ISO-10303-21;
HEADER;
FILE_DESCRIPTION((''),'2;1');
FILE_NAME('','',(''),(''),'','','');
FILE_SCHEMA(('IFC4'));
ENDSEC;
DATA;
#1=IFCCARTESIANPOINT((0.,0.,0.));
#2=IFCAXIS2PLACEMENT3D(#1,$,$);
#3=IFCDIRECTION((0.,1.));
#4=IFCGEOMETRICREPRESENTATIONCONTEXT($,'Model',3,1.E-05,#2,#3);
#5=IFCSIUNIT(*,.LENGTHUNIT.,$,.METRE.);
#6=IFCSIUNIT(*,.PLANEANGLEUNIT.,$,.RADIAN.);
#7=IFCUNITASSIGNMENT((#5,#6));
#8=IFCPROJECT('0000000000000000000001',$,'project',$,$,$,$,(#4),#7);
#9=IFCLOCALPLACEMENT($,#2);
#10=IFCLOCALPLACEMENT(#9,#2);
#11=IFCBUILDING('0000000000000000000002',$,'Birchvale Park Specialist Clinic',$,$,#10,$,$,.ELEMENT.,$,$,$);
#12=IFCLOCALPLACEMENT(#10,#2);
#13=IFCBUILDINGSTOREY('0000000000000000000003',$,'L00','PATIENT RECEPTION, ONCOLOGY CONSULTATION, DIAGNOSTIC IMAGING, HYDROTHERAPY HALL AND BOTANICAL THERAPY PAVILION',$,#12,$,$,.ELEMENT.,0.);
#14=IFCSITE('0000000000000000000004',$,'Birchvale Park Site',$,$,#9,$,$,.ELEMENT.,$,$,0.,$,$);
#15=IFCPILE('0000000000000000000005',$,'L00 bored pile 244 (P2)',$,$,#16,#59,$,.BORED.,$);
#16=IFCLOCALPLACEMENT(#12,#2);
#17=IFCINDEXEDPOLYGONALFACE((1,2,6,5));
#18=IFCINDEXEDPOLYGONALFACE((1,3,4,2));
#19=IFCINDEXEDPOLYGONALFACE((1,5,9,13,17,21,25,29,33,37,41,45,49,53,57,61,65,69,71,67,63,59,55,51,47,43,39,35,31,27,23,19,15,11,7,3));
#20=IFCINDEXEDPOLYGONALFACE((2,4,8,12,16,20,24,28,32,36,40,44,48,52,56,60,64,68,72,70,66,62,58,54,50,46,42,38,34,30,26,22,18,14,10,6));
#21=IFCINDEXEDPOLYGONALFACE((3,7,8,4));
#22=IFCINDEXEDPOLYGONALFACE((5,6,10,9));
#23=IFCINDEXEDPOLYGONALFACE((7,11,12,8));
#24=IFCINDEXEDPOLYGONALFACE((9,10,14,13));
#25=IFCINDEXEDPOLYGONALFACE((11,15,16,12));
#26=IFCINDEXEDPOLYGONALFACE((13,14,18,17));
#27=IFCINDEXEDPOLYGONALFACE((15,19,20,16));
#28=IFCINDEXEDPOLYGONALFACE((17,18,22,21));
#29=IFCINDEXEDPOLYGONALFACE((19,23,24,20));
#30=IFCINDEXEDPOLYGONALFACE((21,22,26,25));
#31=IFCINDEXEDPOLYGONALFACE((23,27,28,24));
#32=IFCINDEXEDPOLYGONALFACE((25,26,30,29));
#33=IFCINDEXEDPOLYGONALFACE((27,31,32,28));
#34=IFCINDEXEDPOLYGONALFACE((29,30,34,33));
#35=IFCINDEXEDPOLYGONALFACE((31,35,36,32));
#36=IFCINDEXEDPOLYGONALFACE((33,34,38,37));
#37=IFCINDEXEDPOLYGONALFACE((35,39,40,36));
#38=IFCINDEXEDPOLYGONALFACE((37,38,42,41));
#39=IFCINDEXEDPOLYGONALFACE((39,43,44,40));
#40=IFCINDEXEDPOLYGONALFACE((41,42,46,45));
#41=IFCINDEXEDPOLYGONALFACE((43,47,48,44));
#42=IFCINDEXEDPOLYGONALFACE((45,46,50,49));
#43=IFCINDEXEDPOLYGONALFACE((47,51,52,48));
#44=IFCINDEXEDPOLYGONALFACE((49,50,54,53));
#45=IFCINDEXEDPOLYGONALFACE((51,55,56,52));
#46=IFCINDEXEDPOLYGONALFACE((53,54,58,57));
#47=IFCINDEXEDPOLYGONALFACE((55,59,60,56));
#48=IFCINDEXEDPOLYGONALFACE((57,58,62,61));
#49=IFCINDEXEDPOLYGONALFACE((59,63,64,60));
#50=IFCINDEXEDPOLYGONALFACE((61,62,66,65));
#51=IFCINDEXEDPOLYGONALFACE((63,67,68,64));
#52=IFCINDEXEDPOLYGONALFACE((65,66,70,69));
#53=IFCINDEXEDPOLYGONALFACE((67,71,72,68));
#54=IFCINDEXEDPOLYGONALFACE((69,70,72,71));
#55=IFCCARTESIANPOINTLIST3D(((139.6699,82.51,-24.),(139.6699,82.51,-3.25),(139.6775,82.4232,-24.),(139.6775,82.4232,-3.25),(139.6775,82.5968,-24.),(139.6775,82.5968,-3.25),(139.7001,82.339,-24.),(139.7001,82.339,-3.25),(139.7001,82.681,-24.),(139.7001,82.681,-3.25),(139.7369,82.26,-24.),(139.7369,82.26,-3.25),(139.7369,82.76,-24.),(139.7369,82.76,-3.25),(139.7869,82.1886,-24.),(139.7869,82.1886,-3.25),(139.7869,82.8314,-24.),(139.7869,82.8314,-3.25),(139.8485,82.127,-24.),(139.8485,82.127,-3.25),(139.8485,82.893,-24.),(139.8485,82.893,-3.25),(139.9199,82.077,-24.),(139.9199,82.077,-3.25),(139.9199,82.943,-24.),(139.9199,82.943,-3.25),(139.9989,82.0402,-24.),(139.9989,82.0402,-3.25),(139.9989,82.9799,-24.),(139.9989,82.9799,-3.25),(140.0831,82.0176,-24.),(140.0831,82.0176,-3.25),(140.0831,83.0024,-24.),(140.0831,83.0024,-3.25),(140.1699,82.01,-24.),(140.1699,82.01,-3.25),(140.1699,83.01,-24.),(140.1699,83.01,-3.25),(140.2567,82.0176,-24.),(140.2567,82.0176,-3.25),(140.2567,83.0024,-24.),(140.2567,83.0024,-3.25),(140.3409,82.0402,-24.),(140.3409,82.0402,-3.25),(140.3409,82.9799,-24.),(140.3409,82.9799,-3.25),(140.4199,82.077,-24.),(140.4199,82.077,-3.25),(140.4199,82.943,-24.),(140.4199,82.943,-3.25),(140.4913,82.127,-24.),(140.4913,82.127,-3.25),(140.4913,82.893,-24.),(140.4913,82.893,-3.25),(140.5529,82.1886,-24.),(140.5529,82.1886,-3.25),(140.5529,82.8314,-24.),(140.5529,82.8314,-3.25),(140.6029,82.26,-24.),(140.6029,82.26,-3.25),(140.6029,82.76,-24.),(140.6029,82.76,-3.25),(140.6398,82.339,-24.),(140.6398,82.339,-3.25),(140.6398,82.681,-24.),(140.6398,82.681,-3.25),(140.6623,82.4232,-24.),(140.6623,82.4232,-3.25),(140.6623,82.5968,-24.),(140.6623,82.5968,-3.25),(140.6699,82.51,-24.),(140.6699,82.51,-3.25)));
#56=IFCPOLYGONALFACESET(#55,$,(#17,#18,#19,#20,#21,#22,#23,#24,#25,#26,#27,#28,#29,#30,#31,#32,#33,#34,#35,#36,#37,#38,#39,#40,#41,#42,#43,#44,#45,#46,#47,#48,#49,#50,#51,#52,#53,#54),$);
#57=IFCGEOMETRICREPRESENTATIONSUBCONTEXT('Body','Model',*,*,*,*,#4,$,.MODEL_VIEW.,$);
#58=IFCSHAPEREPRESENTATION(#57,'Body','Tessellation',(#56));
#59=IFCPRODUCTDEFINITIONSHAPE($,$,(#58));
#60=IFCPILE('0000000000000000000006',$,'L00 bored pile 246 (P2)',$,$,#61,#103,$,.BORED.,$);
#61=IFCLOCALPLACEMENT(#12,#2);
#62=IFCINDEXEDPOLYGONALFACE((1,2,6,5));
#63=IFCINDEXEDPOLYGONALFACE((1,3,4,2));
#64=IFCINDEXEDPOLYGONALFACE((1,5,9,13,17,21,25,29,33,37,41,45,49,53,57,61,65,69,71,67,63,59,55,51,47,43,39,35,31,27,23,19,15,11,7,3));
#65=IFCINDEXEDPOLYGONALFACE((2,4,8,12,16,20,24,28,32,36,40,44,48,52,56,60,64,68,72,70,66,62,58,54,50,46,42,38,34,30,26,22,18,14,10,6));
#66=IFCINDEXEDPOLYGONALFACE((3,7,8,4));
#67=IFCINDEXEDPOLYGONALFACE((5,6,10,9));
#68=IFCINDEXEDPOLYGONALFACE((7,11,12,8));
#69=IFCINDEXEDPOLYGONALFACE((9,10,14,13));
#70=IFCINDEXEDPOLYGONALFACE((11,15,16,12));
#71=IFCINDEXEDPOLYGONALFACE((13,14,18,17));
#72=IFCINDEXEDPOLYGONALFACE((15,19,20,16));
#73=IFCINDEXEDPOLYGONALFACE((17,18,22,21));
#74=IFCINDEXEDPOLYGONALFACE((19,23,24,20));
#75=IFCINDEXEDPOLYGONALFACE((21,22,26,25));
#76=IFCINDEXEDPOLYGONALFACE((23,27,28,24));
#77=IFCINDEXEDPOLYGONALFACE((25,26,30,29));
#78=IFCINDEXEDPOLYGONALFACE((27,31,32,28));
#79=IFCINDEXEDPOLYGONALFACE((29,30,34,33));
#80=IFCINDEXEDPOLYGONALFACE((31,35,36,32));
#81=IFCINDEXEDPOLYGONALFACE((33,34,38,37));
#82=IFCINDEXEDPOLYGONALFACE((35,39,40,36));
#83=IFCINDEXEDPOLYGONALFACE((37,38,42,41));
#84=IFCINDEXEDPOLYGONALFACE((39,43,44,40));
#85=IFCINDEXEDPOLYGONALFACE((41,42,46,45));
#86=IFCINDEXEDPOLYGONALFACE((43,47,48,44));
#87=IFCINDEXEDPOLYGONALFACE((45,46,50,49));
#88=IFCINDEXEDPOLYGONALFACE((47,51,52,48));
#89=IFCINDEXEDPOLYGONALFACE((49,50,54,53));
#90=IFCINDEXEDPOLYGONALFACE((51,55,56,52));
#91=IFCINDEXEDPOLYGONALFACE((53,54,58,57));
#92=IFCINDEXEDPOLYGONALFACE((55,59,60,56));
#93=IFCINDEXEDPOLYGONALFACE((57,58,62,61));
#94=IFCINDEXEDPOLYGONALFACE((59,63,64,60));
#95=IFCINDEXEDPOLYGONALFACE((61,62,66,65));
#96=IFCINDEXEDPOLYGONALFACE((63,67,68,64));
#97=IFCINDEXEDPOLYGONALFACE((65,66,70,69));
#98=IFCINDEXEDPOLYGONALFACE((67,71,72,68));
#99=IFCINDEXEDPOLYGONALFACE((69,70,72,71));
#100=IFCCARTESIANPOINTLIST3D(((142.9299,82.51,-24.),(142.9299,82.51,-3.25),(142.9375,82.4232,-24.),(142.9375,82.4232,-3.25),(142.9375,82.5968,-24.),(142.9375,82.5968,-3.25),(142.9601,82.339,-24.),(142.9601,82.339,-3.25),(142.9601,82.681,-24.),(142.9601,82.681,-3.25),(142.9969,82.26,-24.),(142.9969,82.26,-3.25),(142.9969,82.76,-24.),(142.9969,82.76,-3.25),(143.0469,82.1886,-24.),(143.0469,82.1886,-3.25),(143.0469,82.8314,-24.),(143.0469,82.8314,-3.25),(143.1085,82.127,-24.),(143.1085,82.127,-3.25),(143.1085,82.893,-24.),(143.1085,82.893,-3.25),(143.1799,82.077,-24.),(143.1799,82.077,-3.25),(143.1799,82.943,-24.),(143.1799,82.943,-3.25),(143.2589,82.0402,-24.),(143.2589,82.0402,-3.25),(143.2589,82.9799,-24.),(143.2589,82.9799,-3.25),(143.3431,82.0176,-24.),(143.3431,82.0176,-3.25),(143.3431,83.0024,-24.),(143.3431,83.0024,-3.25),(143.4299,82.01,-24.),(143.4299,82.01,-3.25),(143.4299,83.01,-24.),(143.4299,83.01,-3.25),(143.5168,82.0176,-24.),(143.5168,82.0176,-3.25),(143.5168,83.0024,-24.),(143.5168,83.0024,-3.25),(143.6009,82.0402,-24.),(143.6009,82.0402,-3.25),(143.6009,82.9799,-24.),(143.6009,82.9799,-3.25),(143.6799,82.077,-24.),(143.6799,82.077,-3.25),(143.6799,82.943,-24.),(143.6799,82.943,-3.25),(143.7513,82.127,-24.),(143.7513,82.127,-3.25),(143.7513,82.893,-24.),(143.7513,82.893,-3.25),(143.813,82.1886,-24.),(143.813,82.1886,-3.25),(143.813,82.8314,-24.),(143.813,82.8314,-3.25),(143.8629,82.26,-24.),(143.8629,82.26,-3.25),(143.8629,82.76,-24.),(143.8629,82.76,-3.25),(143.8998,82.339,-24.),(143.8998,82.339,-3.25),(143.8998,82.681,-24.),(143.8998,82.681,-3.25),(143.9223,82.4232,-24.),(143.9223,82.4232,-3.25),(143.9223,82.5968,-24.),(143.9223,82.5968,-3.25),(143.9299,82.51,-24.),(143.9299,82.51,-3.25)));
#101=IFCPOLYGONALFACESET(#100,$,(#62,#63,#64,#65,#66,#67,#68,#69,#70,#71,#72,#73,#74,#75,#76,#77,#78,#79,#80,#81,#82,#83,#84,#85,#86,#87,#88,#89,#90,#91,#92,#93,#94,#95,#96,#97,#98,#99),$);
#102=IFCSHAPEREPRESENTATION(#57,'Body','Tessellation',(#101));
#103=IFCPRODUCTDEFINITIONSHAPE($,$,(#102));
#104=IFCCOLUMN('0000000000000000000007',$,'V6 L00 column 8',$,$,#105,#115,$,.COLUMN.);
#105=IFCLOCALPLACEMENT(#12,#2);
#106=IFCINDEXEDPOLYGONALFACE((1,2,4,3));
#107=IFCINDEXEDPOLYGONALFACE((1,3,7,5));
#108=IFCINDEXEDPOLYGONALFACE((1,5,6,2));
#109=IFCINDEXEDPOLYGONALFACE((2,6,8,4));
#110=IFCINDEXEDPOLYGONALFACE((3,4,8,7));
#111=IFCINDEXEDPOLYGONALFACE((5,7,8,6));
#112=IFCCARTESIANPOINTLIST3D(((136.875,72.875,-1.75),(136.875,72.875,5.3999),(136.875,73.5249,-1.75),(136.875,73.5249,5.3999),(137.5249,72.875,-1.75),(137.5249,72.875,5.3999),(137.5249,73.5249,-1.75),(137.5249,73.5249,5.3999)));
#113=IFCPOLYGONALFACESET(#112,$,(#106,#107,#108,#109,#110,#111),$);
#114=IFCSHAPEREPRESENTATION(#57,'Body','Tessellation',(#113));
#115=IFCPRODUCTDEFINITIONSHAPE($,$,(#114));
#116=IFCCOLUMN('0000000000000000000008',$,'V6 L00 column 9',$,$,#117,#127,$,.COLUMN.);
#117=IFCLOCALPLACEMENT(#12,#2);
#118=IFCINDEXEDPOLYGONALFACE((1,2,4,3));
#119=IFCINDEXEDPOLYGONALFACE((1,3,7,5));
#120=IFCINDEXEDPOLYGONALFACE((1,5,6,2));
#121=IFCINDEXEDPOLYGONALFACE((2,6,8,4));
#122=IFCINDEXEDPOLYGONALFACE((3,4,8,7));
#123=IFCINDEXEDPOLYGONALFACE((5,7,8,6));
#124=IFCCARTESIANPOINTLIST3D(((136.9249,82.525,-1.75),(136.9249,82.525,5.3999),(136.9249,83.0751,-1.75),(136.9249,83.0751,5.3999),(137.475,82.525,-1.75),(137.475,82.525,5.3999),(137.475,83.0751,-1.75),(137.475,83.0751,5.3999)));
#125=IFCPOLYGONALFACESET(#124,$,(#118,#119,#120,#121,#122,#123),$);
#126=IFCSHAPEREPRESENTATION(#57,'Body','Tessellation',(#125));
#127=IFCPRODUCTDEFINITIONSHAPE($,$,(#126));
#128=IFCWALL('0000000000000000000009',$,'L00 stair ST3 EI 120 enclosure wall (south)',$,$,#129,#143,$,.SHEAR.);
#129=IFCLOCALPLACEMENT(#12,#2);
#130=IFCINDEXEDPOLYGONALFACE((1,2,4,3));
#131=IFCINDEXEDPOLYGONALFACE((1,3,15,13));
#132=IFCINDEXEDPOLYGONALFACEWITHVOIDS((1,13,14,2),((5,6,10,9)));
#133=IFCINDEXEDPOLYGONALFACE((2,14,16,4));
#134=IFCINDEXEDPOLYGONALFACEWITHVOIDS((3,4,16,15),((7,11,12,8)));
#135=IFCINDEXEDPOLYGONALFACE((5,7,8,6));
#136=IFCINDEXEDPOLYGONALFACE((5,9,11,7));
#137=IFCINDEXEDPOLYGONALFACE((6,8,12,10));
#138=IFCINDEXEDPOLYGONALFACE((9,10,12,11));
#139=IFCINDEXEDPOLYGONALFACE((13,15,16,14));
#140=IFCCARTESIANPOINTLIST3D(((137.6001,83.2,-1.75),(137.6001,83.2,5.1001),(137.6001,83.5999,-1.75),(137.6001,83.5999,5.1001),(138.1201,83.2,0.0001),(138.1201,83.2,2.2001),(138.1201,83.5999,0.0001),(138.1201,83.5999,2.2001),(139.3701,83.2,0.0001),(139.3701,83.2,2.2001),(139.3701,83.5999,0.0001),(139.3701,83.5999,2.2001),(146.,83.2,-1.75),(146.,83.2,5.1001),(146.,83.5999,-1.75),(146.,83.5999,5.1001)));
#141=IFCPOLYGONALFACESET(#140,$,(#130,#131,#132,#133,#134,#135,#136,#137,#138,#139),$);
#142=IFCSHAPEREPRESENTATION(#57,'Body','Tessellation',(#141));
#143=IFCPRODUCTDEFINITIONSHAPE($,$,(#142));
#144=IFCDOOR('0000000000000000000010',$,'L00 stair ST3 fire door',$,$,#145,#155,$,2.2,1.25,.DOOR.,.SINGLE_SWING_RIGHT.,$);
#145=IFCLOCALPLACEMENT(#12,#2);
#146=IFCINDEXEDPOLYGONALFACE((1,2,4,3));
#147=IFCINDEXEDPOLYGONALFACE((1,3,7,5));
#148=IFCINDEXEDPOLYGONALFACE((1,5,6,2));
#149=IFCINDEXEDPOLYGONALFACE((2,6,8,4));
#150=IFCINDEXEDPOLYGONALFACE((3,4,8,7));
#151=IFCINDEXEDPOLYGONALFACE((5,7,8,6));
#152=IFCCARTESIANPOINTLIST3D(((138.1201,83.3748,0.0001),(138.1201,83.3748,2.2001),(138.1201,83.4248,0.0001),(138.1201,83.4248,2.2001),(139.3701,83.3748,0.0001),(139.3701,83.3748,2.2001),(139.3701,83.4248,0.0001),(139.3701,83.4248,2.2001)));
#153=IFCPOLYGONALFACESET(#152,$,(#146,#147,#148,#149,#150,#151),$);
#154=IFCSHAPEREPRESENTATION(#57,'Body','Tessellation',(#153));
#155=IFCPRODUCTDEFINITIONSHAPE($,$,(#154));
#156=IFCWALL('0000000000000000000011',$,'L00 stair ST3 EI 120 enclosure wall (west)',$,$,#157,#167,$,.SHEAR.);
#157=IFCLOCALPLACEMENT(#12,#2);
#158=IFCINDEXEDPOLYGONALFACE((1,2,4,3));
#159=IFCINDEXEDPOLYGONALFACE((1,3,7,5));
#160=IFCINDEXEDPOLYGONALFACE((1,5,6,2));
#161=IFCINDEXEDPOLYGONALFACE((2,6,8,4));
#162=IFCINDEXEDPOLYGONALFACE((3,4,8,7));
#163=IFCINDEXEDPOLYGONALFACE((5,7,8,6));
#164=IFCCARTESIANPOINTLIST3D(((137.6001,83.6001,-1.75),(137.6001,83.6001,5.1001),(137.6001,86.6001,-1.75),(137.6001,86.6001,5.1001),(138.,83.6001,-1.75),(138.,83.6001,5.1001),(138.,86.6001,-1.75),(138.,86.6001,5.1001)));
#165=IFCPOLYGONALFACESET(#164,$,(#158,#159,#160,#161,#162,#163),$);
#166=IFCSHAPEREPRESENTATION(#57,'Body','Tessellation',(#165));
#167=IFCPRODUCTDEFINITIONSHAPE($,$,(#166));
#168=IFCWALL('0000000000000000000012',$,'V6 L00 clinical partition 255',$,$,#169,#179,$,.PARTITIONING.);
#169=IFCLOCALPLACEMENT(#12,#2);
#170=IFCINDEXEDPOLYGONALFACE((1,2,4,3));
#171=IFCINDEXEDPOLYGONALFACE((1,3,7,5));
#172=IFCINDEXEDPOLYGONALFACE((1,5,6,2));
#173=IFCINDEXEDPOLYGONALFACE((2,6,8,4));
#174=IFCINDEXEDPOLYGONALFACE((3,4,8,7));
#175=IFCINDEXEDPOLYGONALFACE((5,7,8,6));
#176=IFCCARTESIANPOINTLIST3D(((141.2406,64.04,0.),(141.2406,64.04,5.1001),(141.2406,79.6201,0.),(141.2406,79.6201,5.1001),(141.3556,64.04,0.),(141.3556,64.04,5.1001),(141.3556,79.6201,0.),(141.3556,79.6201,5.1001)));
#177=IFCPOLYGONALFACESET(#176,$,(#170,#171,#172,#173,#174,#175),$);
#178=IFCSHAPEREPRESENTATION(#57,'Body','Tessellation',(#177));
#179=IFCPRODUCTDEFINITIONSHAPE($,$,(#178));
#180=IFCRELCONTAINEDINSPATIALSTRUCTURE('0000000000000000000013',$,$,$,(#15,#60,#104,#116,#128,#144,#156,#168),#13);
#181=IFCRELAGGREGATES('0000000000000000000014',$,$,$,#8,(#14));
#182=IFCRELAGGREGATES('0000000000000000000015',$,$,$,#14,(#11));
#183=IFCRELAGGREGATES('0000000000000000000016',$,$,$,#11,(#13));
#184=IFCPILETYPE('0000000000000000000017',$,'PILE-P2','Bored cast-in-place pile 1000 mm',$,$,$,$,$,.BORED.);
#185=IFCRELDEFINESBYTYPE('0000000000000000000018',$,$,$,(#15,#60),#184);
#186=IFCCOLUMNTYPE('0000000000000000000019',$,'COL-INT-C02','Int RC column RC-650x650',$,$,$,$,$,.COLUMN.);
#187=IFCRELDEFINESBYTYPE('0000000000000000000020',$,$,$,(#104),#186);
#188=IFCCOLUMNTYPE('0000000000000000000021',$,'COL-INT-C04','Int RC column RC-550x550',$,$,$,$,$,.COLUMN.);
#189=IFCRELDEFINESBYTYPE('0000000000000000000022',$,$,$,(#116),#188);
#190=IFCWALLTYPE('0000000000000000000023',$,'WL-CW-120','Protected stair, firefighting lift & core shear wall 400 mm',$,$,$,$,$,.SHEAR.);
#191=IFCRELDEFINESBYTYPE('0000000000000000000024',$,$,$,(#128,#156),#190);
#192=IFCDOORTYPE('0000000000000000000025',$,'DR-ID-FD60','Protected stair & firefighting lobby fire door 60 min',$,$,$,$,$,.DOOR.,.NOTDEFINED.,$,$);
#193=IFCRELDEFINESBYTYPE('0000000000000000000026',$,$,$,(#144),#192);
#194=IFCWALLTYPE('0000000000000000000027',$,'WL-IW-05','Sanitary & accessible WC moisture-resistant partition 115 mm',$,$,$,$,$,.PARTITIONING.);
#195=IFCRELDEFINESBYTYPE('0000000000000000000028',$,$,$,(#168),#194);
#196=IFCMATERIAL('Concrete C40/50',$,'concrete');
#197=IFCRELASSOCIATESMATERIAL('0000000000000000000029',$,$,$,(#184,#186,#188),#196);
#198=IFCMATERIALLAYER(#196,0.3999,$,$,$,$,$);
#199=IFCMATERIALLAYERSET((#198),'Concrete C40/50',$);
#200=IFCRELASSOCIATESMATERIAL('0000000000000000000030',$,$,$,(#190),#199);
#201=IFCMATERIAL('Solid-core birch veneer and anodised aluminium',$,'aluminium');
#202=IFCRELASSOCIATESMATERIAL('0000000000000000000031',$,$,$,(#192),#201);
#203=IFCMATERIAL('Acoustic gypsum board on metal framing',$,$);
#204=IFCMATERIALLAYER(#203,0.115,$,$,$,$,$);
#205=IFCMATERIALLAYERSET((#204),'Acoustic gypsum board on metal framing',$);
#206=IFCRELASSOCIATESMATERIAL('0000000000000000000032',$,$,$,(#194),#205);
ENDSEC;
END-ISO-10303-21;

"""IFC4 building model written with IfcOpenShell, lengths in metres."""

from ifc_helpers import new_model, si_unit, direction, frame, frame_2d, origin, origin_2d, place, context, subcontext, project, spatial, rectangle, circle, extrude, material, layer, layer_set, material_profile, profile_set, type_object, element, fill, save


model = new_model("IFC4")

# Units and contexts
model_context = context("Model", 3, precision=1e-05, world=origin(), true_north=direction((0.0, 1.0)))
body_context = subcontext(model_context, "Body", "Model", "MODEL_VIEW")
ifc_project = project(units=[si_unit("LENGTHUNIT", "METRE"), si_unit("PLANEANGLEUNIT", "RADIAN")], contexts=[model_context])

# Site, building, storey
site_placement = place(None, origin())
site = spatial("IfcSite", under=ifc_project, at=site_placement, Name="Birchvale Park Site", CompositionType="ELEMENT", RefElevation=0.0)
building_placement = place(site_placement, origin())
building = spatial("IfcBuilding", under=site, at=building_placement, Name="Birchvale Park Specialist Clinic", CompositionType="ELEMENT")
storey_placement = place(building_placement, origin())
storey = spatial("IfcBuildingStorey", under=building, at=storey_placement, Name="L00", Description="PATIENT RECEPTION, ONCOLOGY CONSULTATION, DIAGNOSTIC IMAGING, HYDROTHERAPY HALL AND BOTANICAL THERAPY PAVILION", CompositionType="ELEMENT", Elevation=0.0)

# Shared definitions
ifc_material_1 = material(Name="Concrete C40/50", Category="concrete")

# Piles
ifc_material_profile_1 = material_profile(ifc_material_1, circle(Radius=0.5, at=origin_2d()), Name="PILE-1000")
ifc_profile_set_1 = profile_set([ifc_material_profile_1], Name="Concrete C40/50")
pile_type = type_object("IfcPileType", Name="PILE-P2", Description="Bored cast-in-place pile 1000 mm", PredefinedType="BORED", material=ifc_profile_set_1)
for number, where, z_axis, x_axis, name in (
    (1, (140.1699, 82.51, -3.25), (0.0, 0.0, -1.0), (1.0, 0.0, 0.0), "L00 bored pile 244 (P2)"),
    (2, (143.4299, 82.51, -3.25), (0.0, 0.0, -1.0), (1.0, 0.0, 0.0), "L00 bored pile 246 (P2)"),
):
    element("IfcPile", number, at=place(storey_placement, frame(where, z_axis=z_axis, x_axis=x_axis)), inside=storey, type_object=pile_type, Name=name, PredefinedType="BORED", context=body_context, shape_type="SweptSolid", body=[
        extrude(circle(Radius=0.5, at=origin_2d()), origin(), (0.0, 0.0, 1.0), 20.75),
    ])

# Columns
ifc_material_profile_2 = material_profile(ifc_material_1, rectangle(XDim=0.6499, YDim=0.6499, at=origin_2d()), Name="RC-650x650")
ifc_profile_set_2 = profile_set([ifc_material_profile_2], Name="Concrete C40/50")
column_type_1 = type_object("IfcColumnType", Name="COL-INT-C02", Description="Int RC column RC-650x650", PredefinedType="COLUMN", material=ifc_profile_set_2)
column_1_placement = place(storey_placement, frame((137.2, 73.2, -1.75), z_axis=(0.0, 0.0, 1.0), x_axis=(1.0, 0.0, 0.0)))
element("IfcColumn", 3, at=column_1_placement, inside=storey, type_object=column_type_1, Name="V6 L00 column 8", PredefinedType="COLUMN", context=body_context, shape_type="SweptSolid", body=[
    extrude(rectangle(XDim=0.6499, YDim=0.6499, at=origin_2d()), origin(), (0.0, 0.0, 1.0), 7.1499),
])
ifc_material_profile_3 = material_profile(ifc_material_1, rectangle(XDim=0.55, YDim=0.55, at=origin_2d()), Name="RC-550x550")
ifc_profile_set_3 = profile_set([ifc_material_profile_3], Name="Concrete C40/50")
column_type_2 = type_object("IfcColumnType", Name="COL-INT-C04", Description="Int RC column RC-550x550", PredefinedType="COLUMN", material=ifc_profile_set_3)
column_2_placement = place(storey_placement, frame((137.2, 82.8, -1.75), z_axis=(0.0, 0.0, 1.0), x_axis=(1.0, 0.0, 0.0)))
element("IfcColumn", 4, at=column_2_placement, inside=storey, type_object=column_type_2, Name="V6 L00 column 9", PredefinedType="COLUMN", context=body_context, shape_type="SweptSolid", body=[
    extrude(rectangle(XDim=0.55, YDim=0.55, at=origin_2d()), origin(), (0.0, 0.0, 1.0), 7.1499),
])

# Wall, opening, door
ifc_layer_1 = layer(ifc_material_1, 0.3999)
ifc_layer_set_1 = layer_set([ifc_layer_1], Name="Concrete C40/50")
wall_type_1 = type_object("IfcWallType", Name="WL-CW-120", Description="Protected stair, firefighting lift & core shear wall 400 mm", PredefinedType="SHEAR", material=ifc_layer_set_1)
wall_1_placement = place(storey_placement, frame((137.6001, 83.3999, -1.75), z_axis=(0.0, 0.0, 1.0), x_axis=(1.0, 0.0, 0.0)))
wall_1 = element("IfcWall", 5, at=wall_1_placement, inside=storey, type_object=wall_type_1, Name="L00 stair ST3 EI 120 enclosure wall (south)", PredefinedType="SHEAR", context=body_context, shape_type="SweptSolid", body=[
    extrude(rectangle(XDim=8.3999, YDim=0.3999, at=frame_2d((4.2, 0.0))), origin(), (0.0, 0.0, 1.0), 6.8501),
])
opening_1_placement = place(wall_1_placement, frame((0.52, 0.0, 1.75)))
opening_1 = element("IfcOpeningElement", 6, at=opening_1_placement, cuts=wall_1, PredefinedType="OPENING", context=body_context, shape_type="SweptSolid", body=[
    extrude(rectangle(XDim=1.25, YDim=2.2, at=frame_2d((0.625, 1.1001))), frame((0.0, 0.21, 0.0), z_axis=(0.0, -1.0, 0.0), x_axis=(1.0, 0.0, 0.0)), (0.0, 0.0, 1.0), 0.4199),
])
ifc_material_2 = material(Name="Solid-core birch veneer and anodised aluminium", Category="aluminium")
door_type_1 = type_object("IfcDoorType", Name="DR-ID-FD60", Description="Protected stair & firefighting lobby fire door 60 min", OperationType="NOTDEFINED", PredefinedType="DOOR", material=ifc_material_2)
door_1_placement = place(opening_1_placement, origin())
door_1 = element("IfcDoor", 7, at=door_1_placement, inside=storey, type_object=door_type_1, Name="L00 stair ST3 fire door", OperationType="SINGLE_SWING_RIGHT", OverallHeight=2.2, OverallWidth=1.25, PredefinedType="DOOR", context=body_context, shape_type="SweptSolid", body=[
    extrude(rectangle(XDim=1.25, YDim=2.2, at=frame_2d((0.625, 1.1001))), frame((0.0, 0.0249, 0.0), z_axis=(0.0, -1.0, 0.0), x_axis=(1.0, 0.0, 0.0)), (0.0, 0.0, 1.0), 0.05),
])
fill(opening_1, door_1)

# Walls
wall_2_placement = place(storey_placement, frame((137.8, 83.6001, -1.75), z_axis=(0.0, 0.0, 1.0), x_axis=(0.0, 1.0, 0.0)))
element("IfcWall", 8, at=wall_2_placement, inside=storey, type_object=wall_type_1, Name="L00 stair ST3 EI 120 enclosure wall (west)", PredefinedType="SHEAR", context=body_context, shape_type="SweptSolid", body=[
    extrude(rectangle(XDim=3.0, YDim=0.3999, at=frame_2d((1.5, 0.0))), origin(), (0.0, 0.0, 1.0), 6.8501),
])
ifc_material_3 = material(Name="Acoustic gypsum board on metal framing")
ifc_layer_2 = layer(ifc_material_3, 0.115)
ifc_layer_set_2 = layer_set([ifc_layer_2], Name="Acoustic gypsum board on metal framing")
wall_type_2 = type_object("IfcWallType", Name="WL-IW-05", Description="Sanitary & accessible WC moisture-resistant partition 115 mm", PredefinedType="PARTITIONING", material=ifc_layer_set_2)
wall_3_placement = place(storey_placement, frame((141.2981, 79.6201, 0.0), z_axis=(0.0, 0.0, 1.0), x_axis=(0.0, -1.0, 0.0)))
element("IfcWall", 9, at=wall_3_placement, inside=storey, type_object=wall_type_2, Name="V6 L00 clinical partition 255", PredefinedType="PARTITIONING", context=body_context, shape_type="SweptSolid", body=[
    extrude(rectangle(XDim=15.5801, YDim=0.115, at=frame_2d((7.79, 0.0))), origin(), (0.0, 0.0, 1.0), 5.1001),
])

save(model, "model.ifc")
